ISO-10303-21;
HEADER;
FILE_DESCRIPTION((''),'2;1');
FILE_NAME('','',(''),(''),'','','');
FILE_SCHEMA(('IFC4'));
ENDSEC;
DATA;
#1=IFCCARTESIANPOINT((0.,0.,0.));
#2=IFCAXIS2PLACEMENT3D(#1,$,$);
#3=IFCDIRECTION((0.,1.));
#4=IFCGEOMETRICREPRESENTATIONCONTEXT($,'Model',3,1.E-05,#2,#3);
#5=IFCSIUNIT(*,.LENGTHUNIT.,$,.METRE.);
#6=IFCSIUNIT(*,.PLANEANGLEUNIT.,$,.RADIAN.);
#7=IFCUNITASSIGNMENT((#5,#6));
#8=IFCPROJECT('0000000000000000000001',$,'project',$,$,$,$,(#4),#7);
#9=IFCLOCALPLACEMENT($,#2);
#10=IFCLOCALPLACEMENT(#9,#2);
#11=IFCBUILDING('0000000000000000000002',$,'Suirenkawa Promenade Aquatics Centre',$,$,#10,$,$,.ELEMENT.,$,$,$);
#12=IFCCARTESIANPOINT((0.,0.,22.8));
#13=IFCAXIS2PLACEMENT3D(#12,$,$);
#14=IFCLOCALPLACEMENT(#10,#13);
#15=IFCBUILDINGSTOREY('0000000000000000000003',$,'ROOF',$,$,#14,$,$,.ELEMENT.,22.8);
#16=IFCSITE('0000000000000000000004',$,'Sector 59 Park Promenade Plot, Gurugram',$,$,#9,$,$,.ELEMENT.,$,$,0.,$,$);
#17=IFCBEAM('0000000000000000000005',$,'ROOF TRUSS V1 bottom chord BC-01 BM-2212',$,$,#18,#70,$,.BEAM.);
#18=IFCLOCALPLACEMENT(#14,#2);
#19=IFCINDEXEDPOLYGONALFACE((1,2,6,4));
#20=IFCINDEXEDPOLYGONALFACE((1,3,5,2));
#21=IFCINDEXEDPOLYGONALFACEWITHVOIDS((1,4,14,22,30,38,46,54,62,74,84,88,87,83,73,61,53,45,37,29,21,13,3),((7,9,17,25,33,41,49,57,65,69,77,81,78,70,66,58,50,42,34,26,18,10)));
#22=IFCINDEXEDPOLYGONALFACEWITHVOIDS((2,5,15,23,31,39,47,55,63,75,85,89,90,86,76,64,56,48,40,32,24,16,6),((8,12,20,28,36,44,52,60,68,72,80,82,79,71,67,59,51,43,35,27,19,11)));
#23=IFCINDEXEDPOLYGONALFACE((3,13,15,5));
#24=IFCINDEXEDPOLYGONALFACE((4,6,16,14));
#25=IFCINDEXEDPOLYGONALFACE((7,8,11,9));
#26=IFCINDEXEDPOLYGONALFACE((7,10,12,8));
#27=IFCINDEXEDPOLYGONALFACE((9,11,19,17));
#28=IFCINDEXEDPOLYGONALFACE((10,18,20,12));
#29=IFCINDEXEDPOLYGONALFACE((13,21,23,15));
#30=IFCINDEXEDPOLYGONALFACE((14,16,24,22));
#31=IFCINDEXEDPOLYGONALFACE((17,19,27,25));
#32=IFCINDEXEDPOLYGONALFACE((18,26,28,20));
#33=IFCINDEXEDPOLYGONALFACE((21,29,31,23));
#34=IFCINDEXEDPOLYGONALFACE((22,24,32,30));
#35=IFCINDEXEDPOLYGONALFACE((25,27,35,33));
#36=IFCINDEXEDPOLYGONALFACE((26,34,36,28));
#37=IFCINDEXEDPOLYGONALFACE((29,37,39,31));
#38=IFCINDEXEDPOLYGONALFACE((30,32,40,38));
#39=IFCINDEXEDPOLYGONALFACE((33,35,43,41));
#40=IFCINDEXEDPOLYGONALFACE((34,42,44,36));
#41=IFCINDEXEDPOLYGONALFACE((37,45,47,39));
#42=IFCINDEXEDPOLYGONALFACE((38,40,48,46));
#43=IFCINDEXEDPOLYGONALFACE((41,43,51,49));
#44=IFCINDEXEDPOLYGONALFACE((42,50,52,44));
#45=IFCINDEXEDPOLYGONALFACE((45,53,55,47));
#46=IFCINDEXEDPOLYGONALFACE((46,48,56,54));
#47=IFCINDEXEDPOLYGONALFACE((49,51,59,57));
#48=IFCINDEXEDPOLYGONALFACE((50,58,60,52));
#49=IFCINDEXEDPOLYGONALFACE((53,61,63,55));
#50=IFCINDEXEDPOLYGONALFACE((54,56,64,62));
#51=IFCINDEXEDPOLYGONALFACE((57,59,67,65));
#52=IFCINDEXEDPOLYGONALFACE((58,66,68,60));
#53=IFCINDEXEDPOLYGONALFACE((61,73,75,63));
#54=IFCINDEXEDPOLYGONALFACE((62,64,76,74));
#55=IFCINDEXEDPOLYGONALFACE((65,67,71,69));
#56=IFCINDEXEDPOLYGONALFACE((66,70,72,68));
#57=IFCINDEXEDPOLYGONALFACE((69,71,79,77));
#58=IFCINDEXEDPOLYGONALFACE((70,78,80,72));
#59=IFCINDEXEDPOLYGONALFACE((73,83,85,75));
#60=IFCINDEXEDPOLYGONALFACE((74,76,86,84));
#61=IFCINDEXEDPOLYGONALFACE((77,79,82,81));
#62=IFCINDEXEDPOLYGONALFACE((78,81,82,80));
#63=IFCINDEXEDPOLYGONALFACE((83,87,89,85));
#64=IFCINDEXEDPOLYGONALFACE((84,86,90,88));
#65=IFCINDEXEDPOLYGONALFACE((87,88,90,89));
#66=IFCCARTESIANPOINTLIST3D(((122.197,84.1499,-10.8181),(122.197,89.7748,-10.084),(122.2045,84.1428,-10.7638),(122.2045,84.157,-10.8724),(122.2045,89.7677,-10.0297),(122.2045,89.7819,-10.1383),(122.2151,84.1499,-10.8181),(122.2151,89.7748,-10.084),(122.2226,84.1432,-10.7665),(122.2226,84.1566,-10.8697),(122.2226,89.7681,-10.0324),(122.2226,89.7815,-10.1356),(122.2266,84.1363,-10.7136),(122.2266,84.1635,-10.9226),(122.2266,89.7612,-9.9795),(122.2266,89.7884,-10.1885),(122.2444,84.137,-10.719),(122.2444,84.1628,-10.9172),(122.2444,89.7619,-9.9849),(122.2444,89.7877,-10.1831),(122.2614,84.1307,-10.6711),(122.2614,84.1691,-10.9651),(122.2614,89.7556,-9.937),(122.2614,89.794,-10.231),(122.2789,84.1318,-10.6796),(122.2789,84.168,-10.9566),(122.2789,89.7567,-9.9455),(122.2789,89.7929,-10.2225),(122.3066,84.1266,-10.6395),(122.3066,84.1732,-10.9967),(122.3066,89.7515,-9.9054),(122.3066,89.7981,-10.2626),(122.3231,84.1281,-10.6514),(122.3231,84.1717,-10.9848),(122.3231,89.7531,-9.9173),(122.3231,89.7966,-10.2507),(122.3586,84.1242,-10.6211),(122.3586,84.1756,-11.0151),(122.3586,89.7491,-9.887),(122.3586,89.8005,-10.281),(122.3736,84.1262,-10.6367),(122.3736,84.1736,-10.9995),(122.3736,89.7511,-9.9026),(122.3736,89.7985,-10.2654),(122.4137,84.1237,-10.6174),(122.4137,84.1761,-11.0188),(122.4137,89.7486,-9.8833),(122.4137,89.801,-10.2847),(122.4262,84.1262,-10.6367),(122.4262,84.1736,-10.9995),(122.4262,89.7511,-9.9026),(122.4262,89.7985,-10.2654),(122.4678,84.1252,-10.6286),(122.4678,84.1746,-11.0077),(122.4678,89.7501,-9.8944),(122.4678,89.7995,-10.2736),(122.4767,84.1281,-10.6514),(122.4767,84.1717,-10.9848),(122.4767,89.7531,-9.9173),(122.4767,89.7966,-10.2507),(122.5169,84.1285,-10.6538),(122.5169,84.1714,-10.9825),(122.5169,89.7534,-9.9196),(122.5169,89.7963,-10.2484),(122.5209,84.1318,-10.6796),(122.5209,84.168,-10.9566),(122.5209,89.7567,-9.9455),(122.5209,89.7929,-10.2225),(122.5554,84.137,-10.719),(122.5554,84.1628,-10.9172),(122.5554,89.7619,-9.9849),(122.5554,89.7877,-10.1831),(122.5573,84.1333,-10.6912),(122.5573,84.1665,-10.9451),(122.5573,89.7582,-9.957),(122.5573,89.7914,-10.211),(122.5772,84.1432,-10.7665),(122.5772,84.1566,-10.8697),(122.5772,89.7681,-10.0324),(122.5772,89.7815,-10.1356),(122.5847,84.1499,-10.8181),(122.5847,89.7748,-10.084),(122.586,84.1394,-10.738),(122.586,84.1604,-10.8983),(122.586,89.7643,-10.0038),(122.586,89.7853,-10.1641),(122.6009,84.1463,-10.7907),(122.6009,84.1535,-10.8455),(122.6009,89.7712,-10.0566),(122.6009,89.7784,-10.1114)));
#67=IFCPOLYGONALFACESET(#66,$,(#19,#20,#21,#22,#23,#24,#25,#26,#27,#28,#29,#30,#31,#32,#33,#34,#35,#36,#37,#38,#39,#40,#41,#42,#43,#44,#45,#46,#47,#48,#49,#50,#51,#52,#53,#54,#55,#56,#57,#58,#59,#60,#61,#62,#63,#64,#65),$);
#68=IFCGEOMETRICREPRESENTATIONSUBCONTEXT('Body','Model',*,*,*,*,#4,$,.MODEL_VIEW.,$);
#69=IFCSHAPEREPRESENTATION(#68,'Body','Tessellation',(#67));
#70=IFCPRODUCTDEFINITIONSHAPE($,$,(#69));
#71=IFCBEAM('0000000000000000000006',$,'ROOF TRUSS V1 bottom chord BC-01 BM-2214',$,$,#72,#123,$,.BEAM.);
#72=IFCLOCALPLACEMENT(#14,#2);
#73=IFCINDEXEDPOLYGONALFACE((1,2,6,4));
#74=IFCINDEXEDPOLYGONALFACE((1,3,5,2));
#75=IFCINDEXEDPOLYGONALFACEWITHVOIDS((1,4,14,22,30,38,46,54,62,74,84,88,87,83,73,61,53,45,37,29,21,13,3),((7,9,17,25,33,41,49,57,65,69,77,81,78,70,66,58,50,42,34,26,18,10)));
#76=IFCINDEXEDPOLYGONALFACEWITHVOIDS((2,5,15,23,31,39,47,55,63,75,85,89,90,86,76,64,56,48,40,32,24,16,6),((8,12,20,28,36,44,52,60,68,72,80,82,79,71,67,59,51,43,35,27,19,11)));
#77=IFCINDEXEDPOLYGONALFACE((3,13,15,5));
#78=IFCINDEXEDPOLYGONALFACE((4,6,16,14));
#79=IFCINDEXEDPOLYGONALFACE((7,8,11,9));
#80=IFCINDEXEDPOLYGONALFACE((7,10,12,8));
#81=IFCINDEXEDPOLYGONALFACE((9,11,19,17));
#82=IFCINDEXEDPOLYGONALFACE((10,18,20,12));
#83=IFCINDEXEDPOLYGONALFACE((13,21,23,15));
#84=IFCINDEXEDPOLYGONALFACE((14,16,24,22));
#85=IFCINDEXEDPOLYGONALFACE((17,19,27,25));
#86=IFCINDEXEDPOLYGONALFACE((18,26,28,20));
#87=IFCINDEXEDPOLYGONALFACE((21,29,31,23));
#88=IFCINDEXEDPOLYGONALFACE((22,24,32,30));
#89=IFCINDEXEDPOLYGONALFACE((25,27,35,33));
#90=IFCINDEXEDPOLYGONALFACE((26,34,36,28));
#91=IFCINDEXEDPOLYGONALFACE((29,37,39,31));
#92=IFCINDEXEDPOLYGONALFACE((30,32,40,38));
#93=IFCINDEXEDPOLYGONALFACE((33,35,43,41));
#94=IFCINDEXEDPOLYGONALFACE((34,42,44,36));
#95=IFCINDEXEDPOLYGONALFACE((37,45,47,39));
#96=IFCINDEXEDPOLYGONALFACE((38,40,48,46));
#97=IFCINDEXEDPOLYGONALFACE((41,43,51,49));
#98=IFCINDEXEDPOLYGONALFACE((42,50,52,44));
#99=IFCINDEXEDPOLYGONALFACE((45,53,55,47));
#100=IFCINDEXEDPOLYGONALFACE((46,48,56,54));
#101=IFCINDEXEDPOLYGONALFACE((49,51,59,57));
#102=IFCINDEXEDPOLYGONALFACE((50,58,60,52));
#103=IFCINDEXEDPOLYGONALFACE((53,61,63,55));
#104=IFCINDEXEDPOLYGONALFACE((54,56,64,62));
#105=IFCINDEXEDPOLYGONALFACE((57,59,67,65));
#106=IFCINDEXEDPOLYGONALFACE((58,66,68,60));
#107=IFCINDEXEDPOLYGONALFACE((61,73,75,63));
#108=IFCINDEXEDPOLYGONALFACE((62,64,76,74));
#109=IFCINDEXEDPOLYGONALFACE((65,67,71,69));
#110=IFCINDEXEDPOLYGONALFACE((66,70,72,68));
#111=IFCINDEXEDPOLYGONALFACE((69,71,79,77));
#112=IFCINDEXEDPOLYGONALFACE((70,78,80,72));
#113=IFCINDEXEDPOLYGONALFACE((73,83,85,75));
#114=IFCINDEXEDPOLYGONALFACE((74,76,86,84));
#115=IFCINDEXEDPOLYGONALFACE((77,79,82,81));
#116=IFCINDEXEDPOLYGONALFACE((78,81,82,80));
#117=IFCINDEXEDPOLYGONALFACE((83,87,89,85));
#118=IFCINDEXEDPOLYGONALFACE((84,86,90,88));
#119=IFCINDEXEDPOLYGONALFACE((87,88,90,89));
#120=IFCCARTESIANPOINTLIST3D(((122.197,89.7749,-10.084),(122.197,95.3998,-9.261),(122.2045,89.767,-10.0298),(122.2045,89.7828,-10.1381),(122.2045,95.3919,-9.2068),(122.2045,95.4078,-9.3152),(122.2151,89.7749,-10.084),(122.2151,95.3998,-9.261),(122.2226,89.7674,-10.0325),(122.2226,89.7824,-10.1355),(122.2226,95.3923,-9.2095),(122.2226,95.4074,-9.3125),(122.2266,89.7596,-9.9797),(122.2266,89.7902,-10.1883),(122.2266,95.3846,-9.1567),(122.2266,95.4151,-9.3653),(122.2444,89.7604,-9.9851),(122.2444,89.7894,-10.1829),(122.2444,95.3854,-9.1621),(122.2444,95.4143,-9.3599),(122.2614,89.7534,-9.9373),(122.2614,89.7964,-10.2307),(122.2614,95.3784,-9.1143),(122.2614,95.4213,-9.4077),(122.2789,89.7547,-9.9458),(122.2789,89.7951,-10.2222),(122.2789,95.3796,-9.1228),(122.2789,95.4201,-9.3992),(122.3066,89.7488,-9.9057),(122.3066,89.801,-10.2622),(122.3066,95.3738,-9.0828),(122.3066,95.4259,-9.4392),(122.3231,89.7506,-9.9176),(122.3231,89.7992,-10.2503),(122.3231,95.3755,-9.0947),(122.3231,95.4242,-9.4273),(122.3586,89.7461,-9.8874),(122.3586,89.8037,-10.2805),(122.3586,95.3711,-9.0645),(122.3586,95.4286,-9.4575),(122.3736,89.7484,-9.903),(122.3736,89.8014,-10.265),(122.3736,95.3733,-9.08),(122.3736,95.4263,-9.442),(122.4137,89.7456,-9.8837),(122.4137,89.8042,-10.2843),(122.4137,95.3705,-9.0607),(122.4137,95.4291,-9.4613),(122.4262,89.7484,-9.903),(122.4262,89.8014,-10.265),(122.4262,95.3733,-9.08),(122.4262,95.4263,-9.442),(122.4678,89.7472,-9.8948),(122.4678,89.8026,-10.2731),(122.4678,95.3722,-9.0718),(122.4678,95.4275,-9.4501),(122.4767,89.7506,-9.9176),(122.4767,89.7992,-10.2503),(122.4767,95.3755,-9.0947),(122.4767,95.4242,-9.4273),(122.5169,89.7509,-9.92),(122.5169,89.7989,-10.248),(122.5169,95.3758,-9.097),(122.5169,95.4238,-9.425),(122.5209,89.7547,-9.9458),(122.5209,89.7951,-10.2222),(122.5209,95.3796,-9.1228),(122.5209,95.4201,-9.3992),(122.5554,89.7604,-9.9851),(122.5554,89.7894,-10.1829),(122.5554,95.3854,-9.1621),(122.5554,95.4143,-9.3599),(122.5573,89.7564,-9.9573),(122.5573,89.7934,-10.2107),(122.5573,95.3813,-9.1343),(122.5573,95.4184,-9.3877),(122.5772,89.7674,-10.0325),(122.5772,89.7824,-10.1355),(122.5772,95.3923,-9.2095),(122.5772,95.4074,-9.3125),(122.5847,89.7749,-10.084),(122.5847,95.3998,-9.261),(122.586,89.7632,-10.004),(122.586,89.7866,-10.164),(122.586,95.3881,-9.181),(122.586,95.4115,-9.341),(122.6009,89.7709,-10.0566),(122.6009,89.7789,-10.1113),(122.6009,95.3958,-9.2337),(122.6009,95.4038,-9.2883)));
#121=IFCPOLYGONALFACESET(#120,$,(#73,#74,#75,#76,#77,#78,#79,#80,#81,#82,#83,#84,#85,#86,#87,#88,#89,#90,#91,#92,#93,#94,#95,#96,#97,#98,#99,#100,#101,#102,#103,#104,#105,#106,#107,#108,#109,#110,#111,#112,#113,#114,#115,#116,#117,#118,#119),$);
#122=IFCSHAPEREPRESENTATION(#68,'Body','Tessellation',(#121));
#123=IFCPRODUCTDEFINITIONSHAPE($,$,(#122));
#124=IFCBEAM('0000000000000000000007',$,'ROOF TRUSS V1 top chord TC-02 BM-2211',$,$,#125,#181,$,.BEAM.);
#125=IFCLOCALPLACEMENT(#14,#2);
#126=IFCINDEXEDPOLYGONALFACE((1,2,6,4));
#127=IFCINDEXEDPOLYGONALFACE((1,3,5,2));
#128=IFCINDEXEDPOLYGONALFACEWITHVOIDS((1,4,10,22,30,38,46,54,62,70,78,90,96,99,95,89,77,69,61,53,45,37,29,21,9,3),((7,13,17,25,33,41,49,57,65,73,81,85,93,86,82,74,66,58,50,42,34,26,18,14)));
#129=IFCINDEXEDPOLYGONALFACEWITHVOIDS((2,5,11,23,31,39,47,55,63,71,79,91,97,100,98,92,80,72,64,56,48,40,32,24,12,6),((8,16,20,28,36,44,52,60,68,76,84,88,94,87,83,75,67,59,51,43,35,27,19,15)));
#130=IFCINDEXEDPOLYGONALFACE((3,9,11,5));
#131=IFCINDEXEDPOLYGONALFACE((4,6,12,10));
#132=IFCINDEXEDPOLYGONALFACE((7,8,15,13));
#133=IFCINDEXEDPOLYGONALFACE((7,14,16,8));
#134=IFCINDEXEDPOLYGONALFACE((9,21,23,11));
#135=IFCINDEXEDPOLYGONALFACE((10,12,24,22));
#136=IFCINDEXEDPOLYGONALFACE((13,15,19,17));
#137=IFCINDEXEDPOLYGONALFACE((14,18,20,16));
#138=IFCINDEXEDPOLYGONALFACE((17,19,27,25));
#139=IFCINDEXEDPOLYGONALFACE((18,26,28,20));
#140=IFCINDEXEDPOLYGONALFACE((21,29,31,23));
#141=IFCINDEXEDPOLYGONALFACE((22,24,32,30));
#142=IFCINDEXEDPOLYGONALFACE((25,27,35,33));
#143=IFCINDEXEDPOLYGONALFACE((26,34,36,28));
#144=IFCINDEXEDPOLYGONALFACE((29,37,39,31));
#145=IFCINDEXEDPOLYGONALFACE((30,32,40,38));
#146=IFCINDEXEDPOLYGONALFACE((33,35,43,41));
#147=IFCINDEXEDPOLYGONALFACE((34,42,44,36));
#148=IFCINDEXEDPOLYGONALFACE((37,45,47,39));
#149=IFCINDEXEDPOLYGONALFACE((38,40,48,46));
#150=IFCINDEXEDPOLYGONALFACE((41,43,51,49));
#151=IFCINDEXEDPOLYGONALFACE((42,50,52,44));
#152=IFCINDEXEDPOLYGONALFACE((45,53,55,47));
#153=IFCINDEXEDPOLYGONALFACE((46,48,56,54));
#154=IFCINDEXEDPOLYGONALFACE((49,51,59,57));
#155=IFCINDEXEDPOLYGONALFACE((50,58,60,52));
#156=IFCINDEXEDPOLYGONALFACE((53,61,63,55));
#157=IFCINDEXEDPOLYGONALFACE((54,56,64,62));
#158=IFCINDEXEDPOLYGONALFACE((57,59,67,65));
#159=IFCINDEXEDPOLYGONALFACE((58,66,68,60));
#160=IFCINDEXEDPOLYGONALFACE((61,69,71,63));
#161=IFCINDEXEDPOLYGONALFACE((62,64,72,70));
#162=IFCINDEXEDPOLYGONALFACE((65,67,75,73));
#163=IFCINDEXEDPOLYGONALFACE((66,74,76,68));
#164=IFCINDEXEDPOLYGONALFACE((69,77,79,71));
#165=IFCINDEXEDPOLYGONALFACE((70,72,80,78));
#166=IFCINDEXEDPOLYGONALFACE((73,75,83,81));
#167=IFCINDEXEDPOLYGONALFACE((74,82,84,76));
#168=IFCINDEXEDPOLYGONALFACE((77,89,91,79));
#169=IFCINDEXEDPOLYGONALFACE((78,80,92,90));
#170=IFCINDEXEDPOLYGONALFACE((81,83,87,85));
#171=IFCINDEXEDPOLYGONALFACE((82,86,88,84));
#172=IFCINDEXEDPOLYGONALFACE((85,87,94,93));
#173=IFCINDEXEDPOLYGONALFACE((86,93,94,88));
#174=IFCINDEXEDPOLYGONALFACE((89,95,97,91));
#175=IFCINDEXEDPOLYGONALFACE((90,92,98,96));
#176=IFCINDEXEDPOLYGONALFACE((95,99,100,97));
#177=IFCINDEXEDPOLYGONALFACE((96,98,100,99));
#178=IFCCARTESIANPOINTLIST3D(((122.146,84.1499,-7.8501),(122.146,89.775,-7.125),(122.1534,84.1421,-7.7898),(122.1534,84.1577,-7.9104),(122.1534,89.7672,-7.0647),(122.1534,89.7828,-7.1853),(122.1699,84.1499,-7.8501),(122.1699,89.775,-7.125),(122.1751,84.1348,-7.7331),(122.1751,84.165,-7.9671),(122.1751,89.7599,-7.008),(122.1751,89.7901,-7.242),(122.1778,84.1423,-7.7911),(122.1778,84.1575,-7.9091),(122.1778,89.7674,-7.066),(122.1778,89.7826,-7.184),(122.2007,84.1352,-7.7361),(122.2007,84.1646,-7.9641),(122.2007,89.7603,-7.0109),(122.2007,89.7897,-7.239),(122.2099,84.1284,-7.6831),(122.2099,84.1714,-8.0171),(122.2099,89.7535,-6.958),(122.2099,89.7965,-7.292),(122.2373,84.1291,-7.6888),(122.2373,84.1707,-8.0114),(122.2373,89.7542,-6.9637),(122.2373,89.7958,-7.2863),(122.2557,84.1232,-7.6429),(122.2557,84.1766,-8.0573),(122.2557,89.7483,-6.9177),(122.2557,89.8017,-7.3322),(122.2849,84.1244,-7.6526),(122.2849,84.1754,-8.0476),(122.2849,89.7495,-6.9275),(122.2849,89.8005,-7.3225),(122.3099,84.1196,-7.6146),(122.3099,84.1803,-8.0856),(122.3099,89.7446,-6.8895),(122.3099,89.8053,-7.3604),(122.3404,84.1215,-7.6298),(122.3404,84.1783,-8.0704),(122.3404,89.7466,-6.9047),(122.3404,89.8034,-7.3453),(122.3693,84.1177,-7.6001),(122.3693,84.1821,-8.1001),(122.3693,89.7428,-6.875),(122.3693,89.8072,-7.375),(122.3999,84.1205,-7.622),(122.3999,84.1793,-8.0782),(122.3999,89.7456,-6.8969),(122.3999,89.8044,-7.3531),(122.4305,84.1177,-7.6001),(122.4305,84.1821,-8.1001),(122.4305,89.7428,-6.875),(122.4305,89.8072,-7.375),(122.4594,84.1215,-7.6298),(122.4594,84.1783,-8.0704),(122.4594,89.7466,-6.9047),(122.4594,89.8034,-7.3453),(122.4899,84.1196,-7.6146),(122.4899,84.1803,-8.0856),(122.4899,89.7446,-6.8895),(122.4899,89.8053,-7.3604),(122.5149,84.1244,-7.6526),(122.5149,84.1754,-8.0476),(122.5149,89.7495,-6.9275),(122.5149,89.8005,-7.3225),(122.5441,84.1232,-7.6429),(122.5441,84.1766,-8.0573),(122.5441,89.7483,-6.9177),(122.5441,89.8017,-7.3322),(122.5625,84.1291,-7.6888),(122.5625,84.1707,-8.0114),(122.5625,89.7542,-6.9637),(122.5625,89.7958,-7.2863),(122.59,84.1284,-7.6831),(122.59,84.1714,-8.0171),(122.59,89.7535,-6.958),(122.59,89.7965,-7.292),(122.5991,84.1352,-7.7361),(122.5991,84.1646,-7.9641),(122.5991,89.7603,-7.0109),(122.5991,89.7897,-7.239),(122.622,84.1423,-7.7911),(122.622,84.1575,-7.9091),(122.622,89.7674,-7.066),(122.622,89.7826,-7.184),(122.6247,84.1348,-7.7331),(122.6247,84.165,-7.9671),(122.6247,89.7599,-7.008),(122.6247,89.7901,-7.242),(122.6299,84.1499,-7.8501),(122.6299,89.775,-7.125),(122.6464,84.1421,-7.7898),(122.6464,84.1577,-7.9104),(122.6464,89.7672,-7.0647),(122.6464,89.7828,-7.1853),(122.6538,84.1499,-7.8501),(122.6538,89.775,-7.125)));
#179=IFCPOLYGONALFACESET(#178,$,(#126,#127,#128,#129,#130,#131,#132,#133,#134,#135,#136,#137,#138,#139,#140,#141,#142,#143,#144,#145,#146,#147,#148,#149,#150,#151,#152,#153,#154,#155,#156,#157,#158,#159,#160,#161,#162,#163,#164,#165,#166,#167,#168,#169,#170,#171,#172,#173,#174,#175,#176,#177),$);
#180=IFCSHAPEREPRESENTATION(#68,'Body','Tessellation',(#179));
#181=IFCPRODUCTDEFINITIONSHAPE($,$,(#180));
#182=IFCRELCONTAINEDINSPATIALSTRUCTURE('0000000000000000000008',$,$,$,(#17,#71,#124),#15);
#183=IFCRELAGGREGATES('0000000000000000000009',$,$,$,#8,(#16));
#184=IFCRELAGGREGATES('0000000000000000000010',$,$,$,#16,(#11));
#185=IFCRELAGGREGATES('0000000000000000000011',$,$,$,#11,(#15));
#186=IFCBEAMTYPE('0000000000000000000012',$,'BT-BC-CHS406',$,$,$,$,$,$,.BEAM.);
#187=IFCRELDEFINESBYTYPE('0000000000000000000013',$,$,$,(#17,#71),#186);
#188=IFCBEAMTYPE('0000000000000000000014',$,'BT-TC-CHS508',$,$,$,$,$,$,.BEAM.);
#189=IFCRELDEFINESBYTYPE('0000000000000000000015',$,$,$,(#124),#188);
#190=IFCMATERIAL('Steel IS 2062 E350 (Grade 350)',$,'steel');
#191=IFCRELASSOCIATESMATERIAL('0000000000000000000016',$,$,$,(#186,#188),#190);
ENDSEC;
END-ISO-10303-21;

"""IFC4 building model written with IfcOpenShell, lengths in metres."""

from ifc_helpers import new_model, si_unit, direction, frame, origin, origin_2d, place, context, subcontext, project, spatial, hollow_circle, extrude, material, material_profile, profile_set, type_object, element, save


model = new_model("IFC4")

# Units and contexts
model_context = context("Model", 3, precision=1e-05, world=origin(), true_north=direction((0.0, 1.0)))
body_context = subcontext(model_context, "Body", "Model", "MODEL_VIEW")
ifc_project = project(units=[si_unit("LENGTHUNIT", "METRE"), si_unit("PLANEANGLEUNIT", "RADIAN")], contexts=[model_context])

# Site, building, storey
site_placement = place(None, origin())
site = spatial("IfcSite", under=ifc_project, at=site_placement, Name="Sector 59 Park Promenade Plot, Gurugram", CompositionType="ELEMENT", RefElevation=0.0)
building_placement = place(site_placement, origin())
building = spatial("IfcBuilding", under=site, at=building_placement, Name="Suirenkawa Promenade Aquatics Centre", CompositionType="ELEMENT")
storey_placement = place(building_placement, frame((0.0, 0.0, 22.8)))
storey = spatial("IfcBuildingStorey", under=building, at=storey_placement, Name="ROOF", CompositionType="ELEMENT", Elevation=22.8)

# Beams
ifc_material = material(Name="Steel IS 2062 E350 (Grade 350)", Category="steel")
ifc_material_profile_1 = material_profile(ifc_material, hollow_circle(Radius=0.2029, WallThickness=0.0181, at=origin_2d()), Name="CHS 406x18", Category="steel")
ifc_profile_set_1 = profile_set([ifc_material_profile_1], Name="Steel IS 2062 E350 (Grade 350)")
beam_type_1 = type_object("IfcBeamType", Name="BT-BC-CHS406", PredefinedType="BEAM", material=ifc_profile_set_1)
beam_1_placement = place(storey_placement, frame((122.3999, 84.1499, -10.8181), z_axis=(0.0, 0.991591, 0.129415), x_axis=(-1.0, 0.0, 0.0)))
element("IfcBeam", 1, at=beam_1_placement, inside=storey, type_object=beam_type_1, Name="ROOF TRUSS V1 bottom chord BC-01 BM-2212", PredefinedType="BEAM", context=body_context, shape_type="SweptSolid", body=[
    extrude(hollow_circle(Radius=0.2029, WallThickness=0.0181, at=origin_2d()), origin(), (0.0, 0.0, 1.0), 5.6726),
])
beam_2_placement = place(storey_placement, frame((122.3999, 89.7749, -10.084), z_axis=(0.0, 0.989465, 0.144769), x_axis=(-1.0, 0.0, 0.0)))
element("IfcBeam", 2, at=beam_2_placement, inside=storey, type_object=beam_type_1, Name="ROOF TRUSS V1 bottom chord BC-01 BM-2214", PredefinedType="BEAM", context=body_context, shape_type="SweptSolid", body=[
    extrude(hollow_circle(Radius=0.2029, WallThickness=0.0181, at=origin_2d()), origin(), (0.0, 0.0, 1.0), 5.6848),
])
ifc_material_profile_2 = material_profile(ifc_material, hollow_circle(Radius=0.2539, WallThickness=0.0239, at=origin_2d()), Name="CHS 508x24", Category="steel")
ifc_profile_set_2 = profile_set([ifc_material_profile_2], Name="Steel IS 2062 E350 (Grade 350)")
beam_type_2 = type_object("IfcBeamType", Name="BT-TC-CHS508", PredefinedType="BEAM", material=ifc_profile_set_2)
for number, where, z_axis, x_axis, name in (
    (3, (122.3999, 84.1499, -7.8501), (0.0, 0.991794, 0.127848), (-1.0, 0.0, 0.0), "ROOF TRUSS V1 top chord TC-02 BM-2211"),
):
    element("IfcBeam", number, at=place(storey_placement, frame(where, z_axis=z_axis, x_axis=x_axis)), inside=storey, type_object=beam_type_2, Name=name, PredefinedType="BEAM", context=body_context, shape_type="SweptSolid", body=[
        extrude(hollow_circle(Radius=0.2539, WallThickness=0.0239, at=origin_2d()), origin(), (0.0, 0.0, 1.0), 5.6716),
    ])

save(model, "model.ifc")
